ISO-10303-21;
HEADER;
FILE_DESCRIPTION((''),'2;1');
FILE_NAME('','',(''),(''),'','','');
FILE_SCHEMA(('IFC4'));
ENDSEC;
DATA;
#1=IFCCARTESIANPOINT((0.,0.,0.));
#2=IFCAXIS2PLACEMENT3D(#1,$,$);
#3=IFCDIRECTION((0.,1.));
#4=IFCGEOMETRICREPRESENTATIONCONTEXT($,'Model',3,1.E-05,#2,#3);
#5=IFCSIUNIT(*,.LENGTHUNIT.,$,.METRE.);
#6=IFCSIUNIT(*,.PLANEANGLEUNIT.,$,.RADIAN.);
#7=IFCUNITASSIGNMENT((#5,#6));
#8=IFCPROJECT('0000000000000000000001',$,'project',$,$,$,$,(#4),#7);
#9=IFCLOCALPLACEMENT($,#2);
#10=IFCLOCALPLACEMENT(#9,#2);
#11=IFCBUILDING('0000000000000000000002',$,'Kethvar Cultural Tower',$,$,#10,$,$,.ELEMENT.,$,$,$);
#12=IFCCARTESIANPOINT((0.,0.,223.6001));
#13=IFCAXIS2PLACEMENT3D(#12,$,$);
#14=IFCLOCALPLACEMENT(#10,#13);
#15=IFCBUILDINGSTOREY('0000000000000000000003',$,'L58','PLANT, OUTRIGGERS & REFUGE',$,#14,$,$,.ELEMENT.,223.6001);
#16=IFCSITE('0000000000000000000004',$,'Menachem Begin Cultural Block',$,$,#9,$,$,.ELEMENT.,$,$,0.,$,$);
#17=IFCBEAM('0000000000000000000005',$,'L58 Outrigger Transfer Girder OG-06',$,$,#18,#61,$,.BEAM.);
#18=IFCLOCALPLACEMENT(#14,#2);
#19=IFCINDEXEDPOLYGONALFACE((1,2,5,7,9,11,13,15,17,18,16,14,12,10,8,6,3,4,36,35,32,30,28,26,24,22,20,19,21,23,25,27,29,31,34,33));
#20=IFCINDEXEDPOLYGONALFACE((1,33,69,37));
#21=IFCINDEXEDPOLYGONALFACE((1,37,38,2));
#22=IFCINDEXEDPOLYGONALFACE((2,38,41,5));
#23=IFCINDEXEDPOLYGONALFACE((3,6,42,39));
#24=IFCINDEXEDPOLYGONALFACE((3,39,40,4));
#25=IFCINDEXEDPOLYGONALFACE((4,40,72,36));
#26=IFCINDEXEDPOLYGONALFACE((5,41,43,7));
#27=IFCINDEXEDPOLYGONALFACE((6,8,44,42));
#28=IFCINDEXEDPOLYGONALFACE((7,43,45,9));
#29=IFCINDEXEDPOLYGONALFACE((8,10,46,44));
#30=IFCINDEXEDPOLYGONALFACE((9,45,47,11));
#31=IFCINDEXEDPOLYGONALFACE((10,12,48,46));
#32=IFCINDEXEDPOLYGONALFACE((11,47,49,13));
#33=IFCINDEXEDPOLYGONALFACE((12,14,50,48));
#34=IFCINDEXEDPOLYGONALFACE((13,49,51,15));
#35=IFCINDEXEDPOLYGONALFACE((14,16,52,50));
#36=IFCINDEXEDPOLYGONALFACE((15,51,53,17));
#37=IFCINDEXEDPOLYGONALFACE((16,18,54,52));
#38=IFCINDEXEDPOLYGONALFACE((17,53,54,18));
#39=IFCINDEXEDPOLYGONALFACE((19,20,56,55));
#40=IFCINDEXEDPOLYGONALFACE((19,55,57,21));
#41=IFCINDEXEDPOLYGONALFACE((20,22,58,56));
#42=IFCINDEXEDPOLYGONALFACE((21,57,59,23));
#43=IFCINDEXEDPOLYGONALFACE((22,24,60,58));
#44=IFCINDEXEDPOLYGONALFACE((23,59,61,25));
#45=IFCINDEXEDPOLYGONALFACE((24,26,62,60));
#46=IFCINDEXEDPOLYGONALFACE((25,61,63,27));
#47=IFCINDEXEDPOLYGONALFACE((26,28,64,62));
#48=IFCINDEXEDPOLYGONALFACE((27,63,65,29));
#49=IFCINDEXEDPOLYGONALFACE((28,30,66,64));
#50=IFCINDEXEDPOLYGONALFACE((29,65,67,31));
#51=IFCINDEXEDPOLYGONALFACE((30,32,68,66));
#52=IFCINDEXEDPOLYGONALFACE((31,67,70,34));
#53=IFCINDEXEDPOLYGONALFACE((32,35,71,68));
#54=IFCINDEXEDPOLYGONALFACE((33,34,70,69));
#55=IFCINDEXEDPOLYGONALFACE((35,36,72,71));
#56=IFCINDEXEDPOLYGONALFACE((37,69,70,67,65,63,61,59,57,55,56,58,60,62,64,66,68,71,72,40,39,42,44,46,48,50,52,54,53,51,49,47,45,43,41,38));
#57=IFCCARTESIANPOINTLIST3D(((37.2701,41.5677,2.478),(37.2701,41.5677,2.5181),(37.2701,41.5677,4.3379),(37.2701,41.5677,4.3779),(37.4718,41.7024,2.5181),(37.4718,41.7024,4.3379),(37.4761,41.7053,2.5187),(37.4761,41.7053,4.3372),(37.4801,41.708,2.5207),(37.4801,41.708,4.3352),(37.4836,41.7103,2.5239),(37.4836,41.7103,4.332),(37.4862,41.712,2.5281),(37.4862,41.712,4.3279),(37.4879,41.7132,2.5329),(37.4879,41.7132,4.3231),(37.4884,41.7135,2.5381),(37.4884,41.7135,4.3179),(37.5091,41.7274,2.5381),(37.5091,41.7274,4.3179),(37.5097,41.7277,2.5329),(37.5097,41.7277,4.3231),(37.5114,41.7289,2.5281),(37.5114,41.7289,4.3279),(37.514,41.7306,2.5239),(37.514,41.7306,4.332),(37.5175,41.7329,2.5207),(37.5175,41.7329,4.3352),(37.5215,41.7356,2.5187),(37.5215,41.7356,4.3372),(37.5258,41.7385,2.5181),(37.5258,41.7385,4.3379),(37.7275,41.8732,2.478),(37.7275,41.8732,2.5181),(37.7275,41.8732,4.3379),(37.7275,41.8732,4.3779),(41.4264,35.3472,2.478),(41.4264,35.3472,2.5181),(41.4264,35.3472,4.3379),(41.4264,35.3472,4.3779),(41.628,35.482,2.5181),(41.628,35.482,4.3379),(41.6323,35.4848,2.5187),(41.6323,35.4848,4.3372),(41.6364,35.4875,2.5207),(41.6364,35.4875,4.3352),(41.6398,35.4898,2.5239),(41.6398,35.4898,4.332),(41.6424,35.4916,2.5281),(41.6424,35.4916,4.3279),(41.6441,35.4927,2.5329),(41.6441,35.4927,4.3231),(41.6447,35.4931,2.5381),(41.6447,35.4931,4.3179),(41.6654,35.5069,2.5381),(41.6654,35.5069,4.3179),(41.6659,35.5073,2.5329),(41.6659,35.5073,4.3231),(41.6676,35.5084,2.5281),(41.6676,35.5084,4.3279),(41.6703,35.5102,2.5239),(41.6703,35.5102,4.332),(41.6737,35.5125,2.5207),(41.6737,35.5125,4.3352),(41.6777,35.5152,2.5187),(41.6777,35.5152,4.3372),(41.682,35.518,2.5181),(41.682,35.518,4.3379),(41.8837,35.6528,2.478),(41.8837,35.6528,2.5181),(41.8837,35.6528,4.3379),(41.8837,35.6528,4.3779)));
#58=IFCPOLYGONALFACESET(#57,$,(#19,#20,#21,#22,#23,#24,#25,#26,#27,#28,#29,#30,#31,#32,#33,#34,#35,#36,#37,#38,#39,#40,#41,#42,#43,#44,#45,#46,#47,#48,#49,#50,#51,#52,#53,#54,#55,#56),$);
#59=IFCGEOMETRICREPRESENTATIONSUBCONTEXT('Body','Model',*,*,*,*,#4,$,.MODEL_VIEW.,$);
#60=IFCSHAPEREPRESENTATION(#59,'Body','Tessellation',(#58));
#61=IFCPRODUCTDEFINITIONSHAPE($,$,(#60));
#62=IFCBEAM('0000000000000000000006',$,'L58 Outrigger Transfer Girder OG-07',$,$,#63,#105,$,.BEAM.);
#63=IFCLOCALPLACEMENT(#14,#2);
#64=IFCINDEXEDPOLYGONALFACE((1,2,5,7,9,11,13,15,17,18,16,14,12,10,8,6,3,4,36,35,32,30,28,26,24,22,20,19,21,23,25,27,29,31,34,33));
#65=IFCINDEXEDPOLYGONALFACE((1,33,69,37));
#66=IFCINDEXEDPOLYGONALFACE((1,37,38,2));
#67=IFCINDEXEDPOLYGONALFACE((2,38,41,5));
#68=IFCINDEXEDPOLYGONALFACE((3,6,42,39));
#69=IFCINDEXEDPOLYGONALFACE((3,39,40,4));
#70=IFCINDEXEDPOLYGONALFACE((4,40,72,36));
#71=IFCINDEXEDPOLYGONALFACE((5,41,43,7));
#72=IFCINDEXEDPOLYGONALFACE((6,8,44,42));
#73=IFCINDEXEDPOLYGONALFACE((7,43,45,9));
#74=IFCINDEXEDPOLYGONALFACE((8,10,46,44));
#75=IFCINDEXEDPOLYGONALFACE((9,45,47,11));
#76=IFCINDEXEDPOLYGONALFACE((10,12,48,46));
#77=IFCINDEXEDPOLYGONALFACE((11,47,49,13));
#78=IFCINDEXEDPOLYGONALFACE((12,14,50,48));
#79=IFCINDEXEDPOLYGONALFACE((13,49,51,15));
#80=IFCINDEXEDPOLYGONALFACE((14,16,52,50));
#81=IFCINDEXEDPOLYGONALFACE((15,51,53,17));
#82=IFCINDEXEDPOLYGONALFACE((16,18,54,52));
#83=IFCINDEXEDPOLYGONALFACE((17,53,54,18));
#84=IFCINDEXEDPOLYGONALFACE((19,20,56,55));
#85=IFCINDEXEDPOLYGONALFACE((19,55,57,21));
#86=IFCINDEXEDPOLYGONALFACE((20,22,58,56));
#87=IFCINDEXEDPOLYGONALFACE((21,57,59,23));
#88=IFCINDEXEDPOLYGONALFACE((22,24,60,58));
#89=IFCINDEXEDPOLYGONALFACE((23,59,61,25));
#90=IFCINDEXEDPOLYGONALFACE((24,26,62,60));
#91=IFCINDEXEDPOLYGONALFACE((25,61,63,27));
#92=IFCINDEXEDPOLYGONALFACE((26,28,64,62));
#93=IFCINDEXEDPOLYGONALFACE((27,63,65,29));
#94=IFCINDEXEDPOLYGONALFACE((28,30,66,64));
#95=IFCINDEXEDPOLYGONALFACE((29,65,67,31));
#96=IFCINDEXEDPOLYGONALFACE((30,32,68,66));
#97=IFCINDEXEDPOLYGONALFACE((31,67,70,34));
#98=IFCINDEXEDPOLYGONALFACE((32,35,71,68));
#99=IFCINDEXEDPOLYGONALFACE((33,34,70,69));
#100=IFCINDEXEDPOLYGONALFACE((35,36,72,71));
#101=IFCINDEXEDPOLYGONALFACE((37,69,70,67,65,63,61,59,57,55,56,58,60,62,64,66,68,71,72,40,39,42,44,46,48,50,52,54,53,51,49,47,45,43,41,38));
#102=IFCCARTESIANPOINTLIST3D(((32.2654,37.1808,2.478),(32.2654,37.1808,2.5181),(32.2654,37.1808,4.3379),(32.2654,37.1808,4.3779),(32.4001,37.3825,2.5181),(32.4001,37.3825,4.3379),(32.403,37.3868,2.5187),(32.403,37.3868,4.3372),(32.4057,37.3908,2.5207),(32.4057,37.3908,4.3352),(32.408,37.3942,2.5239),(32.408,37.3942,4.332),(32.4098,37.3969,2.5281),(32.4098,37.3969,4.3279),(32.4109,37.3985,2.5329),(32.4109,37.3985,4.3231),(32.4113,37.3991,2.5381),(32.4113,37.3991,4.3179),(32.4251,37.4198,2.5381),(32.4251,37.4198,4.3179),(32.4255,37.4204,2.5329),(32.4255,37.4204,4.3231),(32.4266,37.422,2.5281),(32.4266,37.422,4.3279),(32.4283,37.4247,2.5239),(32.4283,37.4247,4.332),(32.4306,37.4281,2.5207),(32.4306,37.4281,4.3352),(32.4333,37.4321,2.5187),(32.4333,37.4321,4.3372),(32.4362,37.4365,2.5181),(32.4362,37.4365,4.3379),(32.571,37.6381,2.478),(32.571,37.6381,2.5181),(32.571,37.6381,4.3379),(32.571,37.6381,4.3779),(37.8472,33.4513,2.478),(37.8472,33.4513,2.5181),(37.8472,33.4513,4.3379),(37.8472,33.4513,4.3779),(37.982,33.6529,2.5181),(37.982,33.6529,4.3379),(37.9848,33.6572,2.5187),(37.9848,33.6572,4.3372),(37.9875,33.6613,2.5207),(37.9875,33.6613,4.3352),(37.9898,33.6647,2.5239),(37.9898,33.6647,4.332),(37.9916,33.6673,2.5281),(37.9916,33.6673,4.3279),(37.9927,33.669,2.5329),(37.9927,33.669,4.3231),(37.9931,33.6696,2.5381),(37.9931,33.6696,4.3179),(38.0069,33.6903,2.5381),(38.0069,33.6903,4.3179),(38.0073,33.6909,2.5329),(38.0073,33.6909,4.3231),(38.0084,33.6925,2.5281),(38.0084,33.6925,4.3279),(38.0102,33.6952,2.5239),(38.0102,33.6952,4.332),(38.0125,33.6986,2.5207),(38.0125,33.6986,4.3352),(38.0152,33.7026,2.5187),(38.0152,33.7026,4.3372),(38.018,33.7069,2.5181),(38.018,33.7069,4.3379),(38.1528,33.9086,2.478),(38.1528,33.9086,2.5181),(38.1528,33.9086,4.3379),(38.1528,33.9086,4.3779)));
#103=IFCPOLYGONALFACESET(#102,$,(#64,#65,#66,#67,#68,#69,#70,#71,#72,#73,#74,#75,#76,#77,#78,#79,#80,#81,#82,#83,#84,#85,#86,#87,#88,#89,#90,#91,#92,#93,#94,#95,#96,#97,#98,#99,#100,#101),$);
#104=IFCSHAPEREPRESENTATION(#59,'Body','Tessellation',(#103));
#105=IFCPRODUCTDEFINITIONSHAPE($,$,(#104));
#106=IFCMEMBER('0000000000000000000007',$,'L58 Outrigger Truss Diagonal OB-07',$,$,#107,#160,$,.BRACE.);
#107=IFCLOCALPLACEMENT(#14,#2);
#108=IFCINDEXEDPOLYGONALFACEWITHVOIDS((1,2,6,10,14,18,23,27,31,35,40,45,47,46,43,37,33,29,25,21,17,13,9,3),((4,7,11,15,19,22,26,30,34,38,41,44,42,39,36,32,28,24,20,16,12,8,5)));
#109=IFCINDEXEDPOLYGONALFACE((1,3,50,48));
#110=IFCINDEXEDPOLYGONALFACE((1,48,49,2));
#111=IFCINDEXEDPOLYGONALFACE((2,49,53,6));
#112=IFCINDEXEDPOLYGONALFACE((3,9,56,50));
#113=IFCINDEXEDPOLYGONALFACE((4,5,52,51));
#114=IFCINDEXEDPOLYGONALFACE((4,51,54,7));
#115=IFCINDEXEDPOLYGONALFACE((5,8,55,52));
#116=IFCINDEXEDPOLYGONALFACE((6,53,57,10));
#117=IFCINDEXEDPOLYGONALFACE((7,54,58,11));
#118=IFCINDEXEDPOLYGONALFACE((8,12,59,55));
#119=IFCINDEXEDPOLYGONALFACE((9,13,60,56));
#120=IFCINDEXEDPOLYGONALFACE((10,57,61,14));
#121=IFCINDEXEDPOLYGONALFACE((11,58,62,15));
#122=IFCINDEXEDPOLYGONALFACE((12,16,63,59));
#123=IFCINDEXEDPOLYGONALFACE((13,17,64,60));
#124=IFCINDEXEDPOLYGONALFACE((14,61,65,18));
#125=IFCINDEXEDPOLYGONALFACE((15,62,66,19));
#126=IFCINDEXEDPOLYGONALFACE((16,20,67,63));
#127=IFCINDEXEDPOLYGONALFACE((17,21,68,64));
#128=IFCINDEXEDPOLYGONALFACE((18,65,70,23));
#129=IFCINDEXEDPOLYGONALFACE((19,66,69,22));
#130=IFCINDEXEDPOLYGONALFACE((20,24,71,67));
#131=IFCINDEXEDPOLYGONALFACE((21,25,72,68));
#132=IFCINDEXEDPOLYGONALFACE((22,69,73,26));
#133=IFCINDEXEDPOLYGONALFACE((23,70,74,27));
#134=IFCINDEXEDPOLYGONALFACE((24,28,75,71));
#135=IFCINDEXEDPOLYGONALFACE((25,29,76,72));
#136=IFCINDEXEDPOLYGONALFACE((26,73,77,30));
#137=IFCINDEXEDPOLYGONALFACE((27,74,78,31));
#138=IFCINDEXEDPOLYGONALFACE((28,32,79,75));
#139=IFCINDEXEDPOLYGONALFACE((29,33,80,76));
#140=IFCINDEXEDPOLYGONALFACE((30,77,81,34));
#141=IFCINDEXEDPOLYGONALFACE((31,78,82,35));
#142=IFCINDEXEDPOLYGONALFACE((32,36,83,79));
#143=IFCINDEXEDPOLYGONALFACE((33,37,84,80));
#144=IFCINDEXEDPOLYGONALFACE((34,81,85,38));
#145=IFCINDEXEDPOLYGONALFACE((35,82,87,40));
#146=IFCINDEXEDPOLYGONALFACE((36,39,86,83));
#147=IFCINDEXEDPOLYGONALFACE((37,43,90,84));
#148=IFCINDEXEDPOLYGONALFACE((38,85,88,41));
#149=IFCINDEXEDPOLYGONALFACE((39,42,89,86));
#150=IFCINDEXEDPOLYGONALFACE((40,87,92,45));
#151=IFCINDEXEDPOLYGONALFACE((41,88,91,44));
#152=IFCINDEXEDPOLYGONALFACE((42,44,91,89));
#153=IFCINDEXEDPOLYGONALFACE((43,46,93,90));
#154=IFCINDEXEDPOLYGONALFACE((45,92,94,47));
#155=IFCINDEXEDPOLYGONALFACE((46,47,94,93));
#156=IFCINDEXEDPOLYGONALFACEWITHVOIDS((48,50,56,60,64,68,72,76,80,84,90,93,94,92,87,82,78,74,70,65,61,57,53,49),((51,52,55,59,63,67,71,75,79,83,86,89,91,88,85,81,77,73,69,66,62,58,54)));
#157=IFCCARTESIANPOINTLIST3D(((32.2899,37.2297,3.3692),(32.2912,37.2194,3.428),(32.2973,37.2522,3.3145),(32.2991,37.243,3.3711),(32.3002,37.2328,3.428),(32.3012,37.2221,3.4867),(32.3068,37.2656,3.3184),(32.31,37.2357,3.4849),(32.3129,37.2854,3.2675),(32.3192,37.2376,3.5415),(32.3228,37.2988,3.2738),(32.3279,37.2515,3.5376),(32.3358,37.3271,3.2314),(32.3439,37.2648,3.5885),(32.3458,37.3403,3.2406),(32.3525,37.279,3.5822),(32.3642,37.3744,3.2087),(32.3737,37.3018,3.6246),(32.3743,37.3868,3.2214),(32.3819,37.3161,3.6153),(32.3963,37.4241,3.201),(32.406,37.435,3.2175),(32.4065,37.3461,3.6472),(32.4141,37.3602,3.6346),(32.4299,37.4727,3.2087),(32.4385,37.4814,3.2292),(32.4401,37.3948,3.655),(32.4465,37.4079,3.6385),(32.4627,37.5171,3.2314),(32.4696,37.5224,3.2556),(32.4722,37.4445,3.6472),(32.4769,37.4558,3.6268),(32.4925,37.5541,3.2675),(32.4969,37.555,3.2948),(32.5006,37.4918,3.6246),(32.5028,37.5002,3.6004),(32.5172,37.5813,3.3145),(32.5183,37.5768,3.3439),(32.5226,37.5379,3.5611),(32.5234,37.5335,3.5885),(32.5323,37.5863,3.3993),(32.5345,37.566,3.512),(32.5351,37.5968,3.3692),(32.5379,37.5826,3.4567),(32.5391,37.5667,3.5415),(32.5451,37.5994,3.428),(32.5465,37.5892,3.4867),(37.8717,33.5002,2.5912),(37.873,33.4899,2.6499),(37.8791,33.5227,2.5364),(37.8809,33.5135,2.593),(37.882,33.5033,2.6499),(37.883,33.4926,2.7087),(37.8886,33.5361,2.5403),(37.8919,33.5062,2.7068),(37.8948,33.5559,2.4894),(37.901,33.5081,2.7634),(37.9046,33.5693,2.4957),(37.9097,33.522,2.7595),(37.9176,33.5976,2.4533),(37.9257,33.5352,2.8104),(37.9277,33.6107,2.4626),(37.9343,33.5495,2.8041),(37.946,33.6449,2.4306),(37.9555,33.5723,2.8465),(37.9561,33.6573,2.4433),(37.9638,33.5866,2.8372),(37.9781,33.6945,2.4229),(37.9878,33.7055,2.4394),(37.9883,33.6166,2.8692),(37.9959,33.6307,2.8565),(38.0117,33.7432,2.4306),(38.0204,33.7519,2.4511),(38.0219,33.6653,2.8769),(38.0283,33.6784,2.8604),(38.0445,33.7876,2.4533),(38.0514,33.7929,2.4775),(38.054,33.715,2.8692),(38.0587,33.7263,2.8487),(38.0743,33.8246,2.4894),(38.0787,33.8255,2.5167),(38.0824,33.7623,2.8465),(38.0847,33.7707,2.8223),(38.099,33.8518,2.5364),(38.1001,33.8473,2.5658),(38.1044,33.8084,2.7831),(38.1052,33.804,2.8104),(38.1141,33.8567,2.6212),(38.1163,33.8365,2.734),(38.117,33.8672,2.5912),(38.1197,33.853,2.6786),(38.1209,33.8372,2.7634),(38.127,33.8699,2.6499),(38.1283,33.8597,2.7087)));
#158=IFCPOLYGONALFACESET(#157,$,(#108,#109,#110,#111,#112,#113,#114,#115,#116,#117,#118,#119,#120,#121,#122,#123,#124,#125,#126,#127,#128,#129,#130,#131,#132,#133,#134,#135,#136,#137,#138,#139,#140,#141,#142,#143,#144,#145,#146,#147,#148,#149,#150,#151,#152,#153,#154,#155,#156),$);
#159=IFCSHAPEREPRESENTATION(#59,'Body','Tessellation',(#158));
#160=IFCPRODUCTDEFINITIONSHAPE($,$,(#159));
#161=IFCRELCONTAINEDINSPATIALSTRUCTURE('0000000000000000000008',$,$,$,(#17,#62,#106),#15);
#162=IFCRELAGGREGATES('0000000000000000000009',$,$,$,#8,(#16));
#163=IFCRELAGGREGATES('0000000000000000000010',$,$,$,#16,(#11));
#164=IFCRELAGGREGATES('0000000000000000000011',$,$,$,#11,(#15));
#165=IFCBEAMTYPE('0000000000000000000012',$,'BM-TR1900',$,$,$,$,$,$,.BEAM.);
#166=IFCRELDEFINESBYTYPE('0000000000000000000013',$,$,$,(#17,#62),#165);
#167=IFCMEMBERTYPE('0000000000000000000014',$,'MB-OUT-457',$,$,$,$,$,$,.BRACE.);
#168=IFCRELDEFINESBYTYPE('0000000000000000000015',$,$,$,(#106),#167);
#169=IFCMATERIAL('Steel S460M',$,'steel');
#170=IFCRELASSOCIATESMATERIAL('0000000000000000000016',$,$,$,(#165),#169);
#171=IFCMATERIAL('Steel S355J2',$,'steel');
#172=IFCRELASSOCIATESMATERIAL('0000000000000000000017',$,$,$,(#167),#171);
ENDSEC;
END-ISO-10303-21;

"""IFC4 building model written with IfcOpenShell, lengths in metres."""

from ifc_helpers import new_model, si_unit, direction, frame, origin, origin_2d, place, context, subcontext, project, spatial, hollow_circle, i_section, extrude, source, transform, mapped, material, material_profile, profile_set, type_object, element, save


model = new_model("IFC4")

# Units and contexts
model_context = context("Model", 3, precision=1e-05, world=origin(), true_north=direction((0.0, 1.0)))
body_context = subcontext(model_context, "Body", "Model", "MODEL_VIEW")
ifc_project = project(units=[si_unit("LENGTHUNIT", "METRE"), si_unit("PLANEANGLEUNIT", "RADIAN")], contexts=[model_context])

# Site, building, storey
site_placement = place(None, origin())
site = spatial("IfcSite", under=ifc_project, at=site_placement, Name="Menachem Begin Cultural Block", CompositionType="ELEMENT", RefElevation=0.0)
building_placement = place(site_placement, origin())
building = spatial("IfcBuilding", under=site, at=building_placement, Name="Kethvar Cultural Tower", CompositionType="ELEMENT")
storey_placement = place(building_placement, frame((0.0, 0.0, 223.6001)))
storey = spatial("IfcBuildingStorey", under=building, at=storey_placement, Name="L58", Description="PLANT, OUTRIGGERS & REFUGE", CompositionType="ELEMENT", Elevation=223.6001)

# Beams
ifc_material_1 = material(Name="Steel S460M", Category="steel")
ifc_material_profile_1 = material_profile(ifc_material_1, i_section(OverallWidth=0.55, OverallDepth=1.8999, WebThickness=0.0249, FlangeThickness=0.04, FilletRadius=0.02, at=origin_2d()), Name="Steel S460M — PG1900x550x40x25")
ifc_profile_set_1 = profile_set([ifc_material_profile_1], Name="Steel S460M — PG1900x550x40x25")
beam_type = type_object("IfcBeamType", Name="BM-TR1900", PredefinedType="BEAM", material=ifc_profile_set_1)
shared_shape_1 = source(origin(), body_context, "Body", "SweptSolid", [
    extrude(i_section(OverallWidth=0.55, OverallDepth=1.8999, WebThickness=0.0249, FlangeThickness=0.04, FilletRadius=0.02, at=origin_2d()), origin(), (0.0, 0.0, 1.0), 7.4812),
])
beam_1_placement = place(storey_placement, frame((41.655, 35.5, 3.428), z_axis=(-0.555558, 0.831478, 0.0), x_axis=(-0.831478, -0.555558, 0.0)))
element("IfcBeam", 1, at=beam_1_placement, inside=storey, type_object=beam_type, Name="L58 Outrigger Transfer Girder OG-06", PredefinedType="BEAM", context=body_context, shape_type="MappedRepresentation", body=[
    mapped(shared_shape_1, transform((0.0, 0.0, 0.0), scale=1.0)),
])
shared_shape_2 = source(origin(), body_context, "Body", "SweptSolid", [
    extrude(i_section(OverallWidth=0.55, OverallDepth=1.8999, WebThickness=0.0249, FlangeThickness=0.04, FilletRadius=0.02, at=origin_2d()), origin(), (0.0, 0.0, 1.0), 6.7131),
])
beam_2_placement = place(storey_placement, frame((38.0, 33.6799, 3.428), z_axis=(-0.831479, 0.555556, 0.0), x_axis=(-0.555556, -0.831479, 0.0)))
element("IfcBeam", 2, at=beam_2_placement, inside=storey, type_object=beam_type, Name="L58 Outrigger Transfer Girder OG-07", PredefinedType="BEAM", context=body_context, shape_type="MappedRepresentation", body=[
    mapped(shared_shape_2, transform((0.0, 0.0, 0.0), scale=1.0)),
])

# Member
ifc_material_2 = material(Name="Steel S355J2", Category="steel")
ifc_material_profile_2 = material_profile(ifc_material_2, hollow_circle(Radius=0.2285, WallThickness=0.0161, at=origin_2d()), Name="Steel S355J2 — CHS457x16")
ifc_profile_set_2 = profile_set([ifc_material_profile_2], Name="Steel S355J2 — CHS457x16")
member_type = type_object("IfcMemberType", Name="MB-OUT-457", PredefinedType="BRACE", material=ifc_profile_set_2)
shared_shape_3 = source(origin(), body_context, "Body", "SweptSolid", [
    extrude(hollow_circle(Radius=0.2285, WallThickness=0.0161, at=origin_2d()), origin(), (0.0, 0.0, 1.0), 6.7581),
])
member_1_placement = place(storey_placement, frame((38.0, 33.6799, 2.6499), z_axis=(-0.82595, 0.551862, 0.115134), x_axis=(-0.555556, -0.831479, 0.0)))
element("IfcMember", 3, at=member_1_placement, inside=storey, type_object=member_type, Name="L58 Outrigger Truss Diagonal OB-07", PredefinedType="BRACE", context=body_context, shape_type="MappedRepresentation", body=[
    mapped(shared_shape_3, transform((0.0, 0.0, 0.0), scale=1.0)),
])

save(model, "model.ifc")
